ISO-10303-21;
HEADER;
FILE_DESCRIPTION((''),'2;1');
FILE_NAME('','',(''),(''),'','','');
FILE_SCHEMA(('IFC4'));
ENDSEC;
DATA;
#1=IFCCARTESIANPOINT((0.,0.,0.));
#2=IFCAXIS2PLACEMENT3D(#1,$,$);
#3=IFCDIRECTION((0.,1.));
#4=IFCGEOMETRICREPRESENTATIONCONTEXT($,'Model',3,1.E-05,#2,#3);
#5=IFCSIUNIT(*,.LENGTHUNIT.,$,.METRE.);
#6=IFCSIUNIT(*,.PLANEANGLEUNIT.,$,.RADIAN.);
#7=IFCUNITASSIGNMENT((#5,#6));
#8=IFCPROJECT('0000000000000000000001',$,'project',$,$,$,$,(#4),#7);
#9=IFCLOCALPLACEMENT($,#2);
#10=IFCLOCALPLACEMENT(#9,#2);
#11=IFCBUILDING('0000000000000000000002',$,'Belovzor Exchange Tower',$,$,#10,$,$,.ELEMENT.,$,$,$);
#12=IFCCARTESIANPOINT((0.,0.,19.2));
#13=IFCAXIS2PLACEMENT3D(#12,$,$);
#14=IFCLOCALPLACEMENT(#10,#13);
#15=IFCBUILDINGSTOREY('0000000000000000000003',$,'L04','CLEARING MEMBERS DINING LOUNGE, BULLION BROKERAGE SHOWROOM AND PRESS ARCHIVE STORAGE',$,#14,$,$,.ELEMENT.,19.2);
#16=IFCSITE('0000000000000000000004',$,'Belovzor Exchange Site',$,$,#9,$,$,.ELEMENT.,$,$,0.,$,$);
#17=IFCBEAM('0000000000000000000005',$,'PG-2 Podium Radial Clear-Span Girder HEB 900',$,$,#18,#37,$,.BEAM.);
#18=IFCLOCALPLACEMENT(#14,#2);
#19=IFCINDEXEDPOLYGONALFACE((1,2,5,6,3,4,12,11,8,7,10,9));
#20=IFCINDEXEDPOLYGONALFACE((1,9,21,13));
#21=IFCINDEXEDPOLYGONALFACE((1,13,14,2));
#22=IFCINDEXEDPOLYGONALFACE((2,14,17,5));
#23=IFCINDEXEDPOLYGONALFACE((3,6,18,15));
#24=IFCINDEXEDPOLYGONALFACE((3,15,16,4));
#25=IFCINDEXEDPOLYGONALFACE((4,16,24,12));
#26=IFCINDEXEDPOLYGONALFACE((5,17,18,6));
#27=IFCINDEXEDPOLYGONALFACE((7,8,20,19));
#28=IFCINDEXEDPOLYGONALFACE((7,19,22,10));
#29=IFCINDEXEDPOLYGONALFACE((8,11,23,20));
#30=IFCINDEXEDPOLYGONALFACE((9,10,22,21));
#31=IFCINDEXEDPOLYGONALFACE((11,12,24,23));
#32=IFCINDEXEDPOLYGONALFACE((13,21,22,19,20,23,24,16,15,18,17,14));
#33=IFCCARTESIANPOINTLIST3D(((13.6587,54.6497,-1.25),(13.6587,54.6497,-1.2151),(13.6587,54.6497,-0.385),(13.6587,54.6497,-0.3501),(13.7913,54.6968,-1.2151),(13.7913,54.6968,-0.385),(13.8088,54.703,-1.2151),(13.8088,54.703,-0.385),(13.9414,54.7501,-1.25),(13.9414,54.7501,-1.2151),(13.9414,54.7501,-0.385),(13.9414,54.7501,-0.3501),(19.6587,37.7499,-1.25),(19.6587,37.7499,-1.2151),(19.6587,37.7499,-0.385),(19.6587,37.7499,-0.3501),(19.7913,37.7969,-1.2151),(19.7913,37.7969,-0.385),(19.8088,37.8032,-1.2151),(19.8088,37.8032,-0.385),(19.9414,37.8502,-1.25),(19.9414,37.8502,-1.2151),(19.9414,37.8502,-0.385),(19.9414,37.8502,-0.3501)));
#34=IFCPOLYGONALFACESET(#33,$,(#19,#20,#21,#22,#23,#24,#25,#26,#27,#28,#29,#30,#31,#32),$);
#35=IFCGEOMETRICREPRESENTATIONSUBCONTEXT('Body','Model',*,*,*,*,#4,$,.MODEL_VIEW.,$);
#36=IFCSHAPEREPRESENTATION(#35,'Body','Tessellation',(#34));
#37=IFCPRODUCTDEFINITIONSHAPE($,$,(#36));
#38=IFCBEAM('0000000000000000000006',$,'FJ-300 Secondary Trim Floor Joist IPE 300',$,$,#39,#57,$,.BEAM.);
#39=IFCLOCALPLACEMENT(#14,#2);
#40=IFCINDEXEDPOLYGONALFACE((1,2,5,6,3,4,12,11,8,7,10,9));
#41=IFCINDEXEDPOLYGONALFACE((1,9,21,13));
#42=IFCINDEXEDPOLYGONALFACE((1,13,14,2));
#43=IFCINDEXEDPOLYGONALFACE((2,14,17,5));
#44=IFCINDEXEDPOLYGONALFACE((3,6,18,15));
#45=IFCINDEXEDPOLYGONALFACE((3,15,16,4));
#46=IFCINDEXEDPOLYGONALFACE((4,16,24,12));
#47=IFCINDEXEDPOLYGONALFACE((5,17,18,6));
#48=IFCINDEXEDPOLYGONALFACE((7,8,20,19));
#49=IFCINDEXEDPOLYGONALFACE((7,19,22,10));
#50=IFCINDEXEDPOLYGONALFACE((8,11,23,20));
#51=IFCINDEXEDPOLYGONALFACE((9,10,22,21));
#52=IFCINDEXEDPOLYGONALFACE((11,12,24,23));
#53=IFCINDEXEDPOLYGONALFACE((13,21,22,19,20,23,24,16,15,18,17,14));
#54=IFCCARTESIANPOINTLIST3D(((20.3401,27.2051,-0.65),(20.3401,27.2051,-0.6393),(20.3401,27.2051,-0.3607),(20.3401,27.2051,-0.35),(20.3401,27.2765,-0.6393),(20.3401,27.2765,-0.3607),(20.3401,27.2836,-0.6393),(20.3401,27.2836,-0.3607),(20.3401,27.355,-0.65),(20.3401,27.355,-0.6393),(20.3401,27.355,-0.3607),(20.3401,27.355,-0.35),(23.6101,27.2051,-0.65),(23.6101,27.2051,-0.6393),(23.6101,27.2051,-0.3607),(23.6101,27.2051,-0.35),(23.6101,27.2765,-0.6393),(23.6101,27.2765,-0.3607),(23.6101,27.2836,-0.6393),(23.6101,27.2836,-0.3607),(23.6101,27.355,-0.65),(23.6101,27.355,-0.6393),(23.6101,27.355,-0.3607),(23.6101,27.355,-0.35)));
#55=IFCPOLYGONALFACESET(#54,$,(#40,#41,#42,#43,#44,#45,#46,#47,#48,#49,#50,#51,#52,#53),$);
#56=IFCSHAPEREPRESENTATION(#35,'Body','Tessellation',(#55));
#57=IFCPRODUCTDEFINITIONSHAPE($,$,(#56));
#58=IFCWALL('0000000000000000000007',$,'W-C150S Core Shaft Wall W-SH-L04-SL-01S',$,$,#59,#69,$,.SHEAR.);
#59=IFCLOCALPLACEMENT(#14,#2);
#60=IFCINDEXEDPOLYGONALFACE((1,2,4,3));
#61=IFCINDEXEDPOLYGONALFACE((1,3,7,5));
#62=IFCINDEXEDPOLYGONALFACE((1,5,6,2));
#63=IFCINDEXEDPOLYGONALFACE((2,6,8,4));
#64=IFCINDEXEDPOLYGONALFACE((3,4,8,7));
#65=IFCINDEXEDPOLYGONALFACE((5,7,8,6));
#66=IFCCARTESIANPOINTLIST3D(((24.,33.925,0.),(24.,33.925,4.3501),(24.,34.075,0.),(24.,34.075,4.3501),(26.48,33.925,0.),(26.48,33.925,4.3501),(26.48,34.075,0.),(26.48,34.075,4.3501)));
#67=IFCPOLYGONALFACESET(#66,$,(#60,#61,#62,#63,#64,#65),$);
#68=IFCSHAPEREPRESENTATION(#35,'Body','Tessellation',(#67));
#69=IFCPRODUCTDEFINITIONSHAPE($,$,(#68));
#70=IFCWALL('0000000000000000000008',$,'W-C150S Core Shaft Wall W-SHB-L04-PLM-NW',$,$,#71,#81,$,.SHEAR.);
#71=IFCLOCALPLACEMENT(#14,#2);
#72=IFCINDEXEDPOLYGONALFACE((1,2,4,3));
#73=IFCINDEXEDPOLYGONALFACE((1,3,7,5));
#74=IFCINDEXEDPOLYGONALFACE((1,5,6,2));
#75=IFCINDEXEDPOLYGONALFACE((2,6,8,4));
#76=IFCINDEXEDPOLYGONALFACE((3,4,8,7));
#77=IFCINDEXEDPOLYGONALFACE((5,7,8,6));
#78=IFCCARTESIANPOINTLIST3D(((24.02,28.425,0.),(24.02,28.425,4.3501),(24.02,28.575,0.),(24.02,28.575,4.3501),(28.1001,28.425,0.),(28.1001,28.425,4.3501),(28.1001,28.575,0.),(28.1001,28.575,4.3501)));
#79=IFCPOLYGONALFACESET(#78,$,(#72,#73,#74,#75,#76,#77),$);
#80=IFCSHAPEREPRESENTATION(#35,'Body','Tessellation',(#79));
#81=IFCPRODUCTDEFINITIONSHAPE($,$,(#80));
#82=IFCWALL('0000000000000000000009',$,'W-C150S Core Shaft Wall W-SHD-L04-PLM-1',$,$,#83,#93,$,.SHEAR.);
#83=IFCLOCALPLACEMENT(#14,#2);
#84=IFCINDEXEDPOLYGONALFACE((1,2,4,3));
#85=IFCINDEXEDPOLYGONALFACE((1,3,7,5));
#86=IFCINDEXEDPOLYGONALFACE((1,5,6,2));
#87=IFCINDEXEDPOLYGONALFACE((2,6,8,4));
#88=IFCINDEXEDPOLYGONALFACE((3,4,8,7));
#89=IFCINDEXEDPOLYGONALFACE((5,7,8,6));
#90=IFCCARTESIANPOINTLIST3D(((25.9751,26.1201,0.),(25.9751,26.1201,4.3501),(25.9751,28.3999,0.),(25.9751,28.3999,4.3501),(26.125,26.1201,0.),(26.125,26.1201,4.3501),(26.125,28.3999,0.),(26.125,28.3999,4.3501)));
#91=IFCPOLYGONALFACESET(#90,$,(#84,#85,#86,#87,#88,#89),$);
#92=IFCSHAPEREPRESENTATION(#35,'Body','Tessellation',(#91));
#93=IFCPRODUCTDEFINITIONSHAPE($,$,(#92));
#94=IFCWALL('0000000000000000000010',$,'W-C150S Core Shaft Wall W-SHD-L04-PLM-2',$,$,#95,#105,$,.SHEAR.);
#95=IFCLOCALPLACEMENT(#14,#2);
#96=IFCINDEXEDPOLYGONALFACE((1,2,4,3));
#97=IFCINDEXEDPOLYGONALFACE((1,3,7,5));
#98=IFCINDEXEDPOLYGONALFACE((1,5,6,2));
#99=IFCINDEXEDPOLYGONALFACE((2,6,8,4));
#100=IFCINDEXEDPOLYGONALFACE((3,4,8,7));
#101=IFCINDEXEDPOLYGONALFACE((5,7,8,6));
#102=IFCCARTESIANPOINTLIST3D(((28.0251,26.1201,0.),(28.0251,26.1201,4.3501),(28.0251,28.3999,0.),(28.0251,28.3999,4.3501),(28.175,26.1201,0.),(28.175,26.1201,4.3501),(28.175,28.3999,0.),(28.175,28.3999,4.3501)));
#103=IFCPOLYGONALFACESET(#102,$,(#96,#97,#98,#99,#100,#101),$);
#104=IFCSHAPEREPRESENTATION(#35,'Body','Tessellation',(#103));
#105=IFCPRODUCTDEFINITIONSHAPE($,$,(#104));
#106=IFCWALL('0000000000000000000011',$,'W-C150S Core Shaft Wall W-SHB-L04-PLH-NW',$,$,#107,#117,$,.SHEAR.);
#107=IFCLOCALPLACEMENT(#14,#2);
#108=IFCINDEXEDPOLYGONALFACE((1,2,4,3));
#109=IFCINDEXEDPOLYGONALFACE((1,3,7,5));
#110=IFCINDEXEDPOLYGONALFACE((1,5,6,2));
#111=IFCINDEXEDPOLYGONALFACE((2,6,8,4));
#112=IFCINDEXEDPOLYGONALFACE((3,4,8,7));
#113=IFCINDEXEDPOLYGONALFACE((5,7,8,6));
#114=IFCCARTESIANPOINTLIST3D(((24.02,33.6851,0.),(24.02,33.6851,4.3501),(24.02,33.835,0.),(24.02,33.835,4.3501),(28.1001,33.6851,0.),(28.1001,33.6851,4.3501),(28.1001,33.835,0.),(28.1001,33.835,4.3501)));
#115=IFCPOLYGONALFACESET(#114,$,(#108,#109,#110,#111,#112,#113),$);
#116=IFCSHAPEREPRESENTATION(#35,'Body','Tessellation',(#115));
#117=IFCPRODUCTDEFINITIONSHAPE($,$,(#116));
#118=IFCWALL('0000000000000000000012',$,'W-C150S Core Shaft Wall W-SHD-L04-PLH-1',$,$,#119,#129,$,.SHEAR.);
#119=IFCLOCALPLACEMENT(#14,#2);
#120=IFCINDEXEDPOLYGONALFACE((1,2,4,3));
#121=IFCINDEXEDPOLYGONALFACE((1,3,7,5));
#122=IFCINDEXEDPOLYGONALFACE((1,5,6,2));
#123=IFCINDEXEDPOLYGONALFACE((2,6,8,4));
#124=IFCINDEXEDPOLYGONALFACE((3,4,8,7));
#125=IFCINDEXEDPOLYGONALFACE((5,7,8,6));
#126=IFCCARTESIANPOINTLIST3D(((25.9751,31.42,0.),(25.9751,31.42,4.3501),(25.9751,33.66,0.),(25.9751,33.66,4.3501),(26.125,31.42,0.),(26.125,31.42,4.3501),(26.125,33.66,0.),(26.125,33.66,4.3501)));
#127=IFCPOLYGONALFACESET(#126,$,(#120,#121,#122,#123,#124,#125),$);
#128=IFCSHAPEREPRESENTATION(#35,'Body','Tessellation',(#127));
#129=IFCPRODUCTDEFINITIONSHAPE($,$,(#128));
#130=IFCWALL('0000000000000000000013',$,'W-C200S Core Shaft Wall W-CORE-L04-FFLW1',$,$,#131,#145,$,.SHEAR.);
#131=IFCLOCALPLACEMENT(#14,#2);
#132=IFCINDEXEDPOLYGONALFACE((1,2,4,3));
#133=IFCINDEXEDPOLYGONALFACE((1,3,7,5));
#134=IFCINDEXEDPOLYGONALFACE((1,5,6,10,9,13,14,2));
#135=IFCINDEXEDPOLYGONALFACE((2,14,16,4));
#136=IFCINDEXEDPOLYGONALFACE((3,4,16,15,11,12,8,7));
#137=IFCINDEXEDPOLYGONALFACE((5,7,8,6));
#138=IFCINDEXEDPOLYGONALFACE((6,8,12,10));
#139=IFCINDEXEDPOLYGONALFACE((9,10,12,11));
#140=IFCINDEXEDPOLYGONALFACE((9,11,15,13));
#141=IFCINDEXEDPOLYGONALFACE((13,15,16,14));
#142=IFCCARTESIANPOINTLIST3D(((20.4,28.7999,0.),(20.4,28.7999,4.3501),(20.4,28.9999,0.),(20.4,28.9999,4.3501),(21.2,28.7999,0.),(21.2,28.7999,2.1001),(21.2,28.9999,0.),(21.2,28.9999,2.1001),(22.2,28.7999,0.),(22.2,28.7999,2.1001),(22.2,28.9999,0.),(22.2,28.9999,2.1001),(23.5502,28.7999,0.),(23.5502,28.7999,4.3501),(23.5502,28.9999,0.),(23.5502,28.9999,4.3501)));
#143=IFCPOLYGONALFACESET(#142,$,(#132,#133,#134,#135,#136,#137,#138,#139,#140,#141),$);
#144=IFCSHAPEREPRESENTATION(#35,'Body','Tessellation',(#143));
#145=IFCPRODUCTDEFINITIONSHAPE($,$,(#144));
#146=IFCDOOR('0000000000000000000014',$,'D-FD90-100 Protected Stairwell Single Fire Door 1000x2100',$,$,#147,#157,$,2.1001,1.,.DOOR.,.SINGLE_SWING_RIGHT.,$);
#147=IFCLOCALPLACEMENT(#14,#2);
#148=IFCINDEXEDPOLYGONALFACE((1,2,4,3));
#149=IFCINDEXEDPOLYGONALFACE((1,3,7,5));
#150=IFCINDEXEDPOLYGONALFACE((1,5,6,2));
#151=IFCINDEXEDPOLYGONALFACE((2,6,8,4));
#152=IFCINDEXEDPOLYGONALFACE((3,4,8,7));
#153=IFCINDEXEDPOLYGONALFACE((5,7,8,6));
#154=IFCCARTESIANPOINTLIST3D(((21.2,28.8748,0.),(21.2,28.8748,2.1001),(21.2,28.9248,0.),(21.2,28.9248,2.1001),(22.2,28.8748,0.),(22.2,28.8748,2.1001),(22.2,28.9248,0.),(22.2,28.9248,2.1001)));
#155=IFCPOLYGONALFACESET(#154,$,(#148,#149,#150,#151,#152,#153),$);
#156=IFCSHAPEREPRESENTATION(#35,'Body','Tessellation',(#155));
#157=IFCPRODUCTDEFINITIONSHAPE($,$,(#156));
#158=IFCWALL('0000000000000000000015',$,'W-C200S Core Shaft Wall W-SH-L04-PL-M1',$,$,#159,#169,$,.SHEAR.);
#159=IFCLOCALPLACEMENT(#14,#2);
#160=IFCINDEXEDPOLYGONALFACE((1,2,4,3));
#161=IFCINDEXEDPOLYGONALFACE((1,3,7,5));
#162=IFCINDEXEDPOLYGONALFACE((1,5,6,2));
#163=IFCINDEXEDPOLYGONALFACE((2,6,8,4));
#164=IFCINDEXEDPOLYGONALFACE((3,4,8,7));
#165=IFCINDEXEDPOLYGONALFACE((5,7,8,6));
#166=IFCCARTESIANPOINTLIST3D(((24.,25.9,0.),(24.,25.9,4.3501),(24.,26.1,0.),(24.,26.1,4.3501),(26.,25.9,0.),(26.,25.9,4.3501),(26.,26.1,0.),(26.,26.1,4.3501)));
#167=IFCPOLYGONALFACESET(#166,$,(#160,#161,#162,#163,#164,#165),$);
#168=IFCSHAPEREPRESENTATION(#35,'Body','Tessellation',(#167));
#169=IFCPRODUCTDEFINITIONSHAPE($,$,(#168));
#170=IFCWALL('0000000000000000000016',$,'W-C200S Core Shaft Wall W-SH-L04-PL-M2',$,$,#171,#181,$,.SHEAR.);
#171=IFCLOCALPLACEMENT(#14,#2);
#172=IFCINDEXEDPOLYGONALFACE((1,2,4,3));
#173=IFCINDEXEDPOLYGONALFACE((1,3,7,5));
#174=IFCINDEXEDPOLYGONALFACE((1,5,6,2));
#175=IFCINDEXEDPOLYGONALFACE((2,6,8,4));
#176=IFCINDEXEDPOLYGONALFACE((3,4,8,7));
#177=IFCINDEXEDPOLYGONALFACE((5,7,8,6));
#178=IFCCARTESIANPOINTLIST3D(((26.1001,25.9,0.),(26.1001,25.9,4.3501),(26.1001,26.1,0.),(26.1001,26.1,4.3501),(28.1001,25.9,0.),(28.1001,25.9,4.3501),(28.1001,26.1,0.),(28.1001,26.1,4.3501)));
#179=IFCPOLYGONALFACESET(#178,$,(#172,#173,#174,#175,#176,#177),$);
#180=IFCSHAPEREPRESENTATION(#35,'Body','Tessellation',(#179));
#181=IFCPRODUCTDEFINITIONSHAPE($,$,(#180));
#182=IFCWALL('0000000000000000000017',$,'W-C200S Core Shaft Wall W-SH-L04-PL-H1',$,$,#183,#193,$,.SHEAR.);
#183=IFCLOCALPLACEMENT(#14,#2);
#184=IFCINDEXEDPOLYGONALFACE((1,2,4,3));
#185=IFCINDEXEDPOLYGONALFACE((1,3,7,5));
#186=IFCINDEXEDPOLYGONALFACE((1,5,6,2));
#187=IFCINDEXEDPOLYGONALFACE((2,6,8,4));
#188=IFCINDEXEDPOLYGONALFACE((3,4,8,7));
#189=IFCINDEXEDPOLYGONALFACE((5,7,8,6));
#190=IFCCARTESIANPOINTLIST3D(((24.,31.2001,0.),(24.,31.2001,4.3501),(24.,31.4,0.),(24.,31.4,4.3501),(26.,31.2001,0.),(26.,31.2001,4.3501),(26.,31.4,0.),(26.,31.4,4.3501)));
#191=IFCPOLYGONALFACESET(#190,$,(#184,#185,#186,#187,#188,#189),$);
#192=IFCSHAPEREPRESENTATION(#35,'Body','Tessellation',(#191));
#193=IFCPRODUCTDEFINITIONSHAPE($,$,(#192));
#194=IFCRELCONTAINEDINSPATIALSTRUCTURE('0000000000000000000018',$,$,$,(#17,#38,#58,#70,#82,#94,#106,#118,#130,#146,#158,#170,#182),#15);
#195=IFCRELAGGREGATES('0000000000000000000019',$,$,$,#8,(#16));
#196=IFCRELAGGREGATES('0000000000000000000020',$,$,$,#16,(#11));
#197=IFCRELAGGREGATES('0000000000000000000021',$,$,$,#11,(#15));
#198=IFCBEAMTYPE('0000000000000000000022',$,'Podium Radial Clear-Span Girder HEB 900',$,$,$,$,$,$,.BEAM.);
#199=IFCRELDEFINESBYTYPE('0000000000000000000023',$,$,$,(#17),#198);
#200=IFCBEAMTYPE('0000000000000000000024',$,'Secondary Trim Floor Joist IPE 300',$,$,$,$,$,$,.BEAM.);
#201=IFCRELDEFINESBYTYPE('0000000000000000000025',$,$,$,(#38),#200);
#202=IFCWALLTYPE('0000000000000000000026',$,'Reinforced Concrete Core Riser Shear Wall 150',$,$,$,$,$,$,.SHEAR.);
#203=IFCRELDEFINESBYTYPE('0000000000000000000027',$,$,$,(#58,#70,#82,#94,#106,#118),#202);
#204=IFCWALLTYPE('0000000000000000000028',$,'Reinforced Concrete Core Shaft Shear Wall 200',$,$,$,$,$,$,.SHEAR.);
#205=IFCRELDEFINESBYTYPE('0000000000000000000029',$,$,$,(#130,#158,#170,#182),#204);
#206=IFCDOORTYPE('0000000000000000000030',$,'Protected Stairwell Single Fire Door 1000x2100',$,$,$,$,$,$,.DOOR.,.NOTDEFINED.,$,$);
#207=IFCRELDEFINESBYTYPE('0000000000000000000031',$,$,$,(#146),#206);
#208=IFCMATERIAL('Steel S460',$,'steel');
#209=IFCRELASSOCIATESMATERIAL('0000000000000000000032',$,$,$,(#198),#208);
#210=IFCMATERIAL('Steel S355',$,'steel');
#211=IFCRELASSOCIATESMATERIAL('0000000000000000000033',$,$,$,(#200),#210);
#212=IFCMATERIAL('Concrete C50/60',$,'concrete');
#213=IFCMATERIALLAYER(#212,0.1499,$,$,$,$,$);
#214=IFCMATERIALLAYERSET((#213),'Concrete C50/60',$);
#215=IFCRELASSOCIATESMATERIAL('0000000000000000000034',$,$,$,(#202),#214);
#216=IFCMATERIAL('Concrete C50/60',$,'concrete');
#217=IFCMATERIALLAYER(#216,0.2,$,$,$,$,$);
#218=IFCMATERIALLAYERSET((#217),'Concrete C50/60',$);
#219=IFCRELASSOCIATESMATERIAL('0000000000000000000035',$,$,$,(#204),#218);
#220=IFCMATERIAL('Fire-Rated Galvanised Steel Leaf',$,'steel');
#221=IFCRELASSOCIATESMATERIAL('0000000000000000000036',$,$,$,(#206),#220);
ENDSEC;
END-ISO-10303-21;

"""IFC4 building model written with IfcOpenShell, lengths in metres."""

from ifc_helpers import new_model, si_unit, direction, frame, frame_2d, origin, origin_2d, place, context, subcontext, project, spatial, rectangle, i_section, extrude, material, layer, layer_set, material_profile, profile_set, type_object, element, fill, save


model = new_model("IFC4")

# Units and contexts
model_context = context("Model", 3, precision=1e-05, world=origin(), true_north=direction((0.0, 1.0)))
body_context = subcontext(model_context, "Body", "Model", "MODEL_VIEW")
ifc_project = project(units=[si_unit("LENGTHUNIT", "METRE"), si_unit("PLANEANGLEUNIT", "RADIAN")], contexts=[model_context])

# Site, building, storey
site_placement = place(None, origin())
site = spatial("IfcSite", under=ifc_project, at=site_placement, Name="Belovzor Exchange Site", CompositionType="ELEMENT", RefElevation=0.0)
building_placement = place(site_placement, origin())
building = spatial("IfcBuilding", under=site, at=building_placement, Name="Belovzor Exchange Tower", CompositionType="ELEMENT")
storey_placement = place(building_placement, frame((0.0, 0.0, 19.2)))
storey = spatial("IfcBuildingStorey", under=building, at=storey_placement, Name="L04", Description="CLEARING MEMBERS DINING LOUNGE, BULLION BROKERAGE SHOWROOM AND PRESS ARCHIVE STORAGE", CompositionType="ELEMENT", Elevation=19.2)

# Beams
ifc_material_1 = material(Name="Steel S460", Category="steel")
ifc_material_profile_1 = material_profile(ifc_material_1, i_section(OverallWidth=0.3, OverallDepth=0.8999, WebThickness=0.0186, FlangeThickness=0.0349, at=origin_2d()))
ifc_profile_set_1 = profile_set([ifc_material_profile_1], Name="Steel S460")
beam_type_1 = type_object("IfcBeamType", Name="Podium Radial Clear-Span Girder HEB 900", PredefinedType="BEAM", material=ifc_profile_set_1)
beam_1_placement = place(storey_placement, frame((19.8, 37.8, -0.8), z_axis=(-0.334571, 0.94237, 0.0), x_axis=(-0.94237, -0.334571, 0.0)))
element("IfcBeam", 1, at=beam_1_placement, inside=storey, type_object=beam_type_1, Name="PG-2 Podium Radial Clear-Span Girder HEB 900", PredefinedType="BEAM", context=body_context, shape_type="SweptSolid", body=[
    extrude(i_section(OverallWidth=0.3, OverallDepth=0.8999, WebThickness=0.0186, FlangeThickness=0.0349, at=origin_2d()), origin(), (0.0, 0.0, 1.0), 17.9333),
])
ifc_material_2 = material(Name="Steel S355", Category="steel")
ifc_material_profile_2 = material_profile(ifc_material_2, i_section(OverallWidth=0.1499, OverallDepth=0.3, WebThickness=0.0071, FlangeThickness=0.0107, at=origin_2d()))
ifc_profile_set_2 = profile_set([ifc_material_profile_2], Name="Steel S355")
beam_type_2 = type_object("IfcBeamType", Name="Secondary Trim Floor Joist IPE 300", PredefinedType="BEAM", material=ifc_profile_set_2)
beam_2_placement = place(storey_placement, frame((20.3401, 27.28, -0.5), z_axis=(1.0, 0.0, 0.0), x_axis=(0.0, 1.0, 0.0)))
element("IfcBeam", 2, at=beam_2_placement, inside=storey, type_object=beam_type_2, Name="FJ-300 Secondary Trim Floor Joist IPE 300", PredefinedType="BEAM", context=body_context, shape_type="SweptSolid", body=[
    extrude(i_section(OverallWidth=0.1499, OverallDepth=0.3, WebThickness=0.0071, FlangeThickness=0.0107, at=origin_2d()), origin(), (0.0, 0.0, 1.0), 3.27),
])

# Walls
ifc_material_3 = material(Name="Concrete C50/60", Category="concrete")
ifc_layer_1 = layer(ifc_material_3, 0.1499)
ifc_layer_set_1 = layer_set([ifc_layer_1], Name="Concrete C50/60")
wall_type_1 = type_object("IfcWallType", Name="Reinforced Concrete Core Riser Shear Wall 150", PredefinedType="SHEAR", material=ifc_layer_set_1)
wall_1_placement = place(storey_placement, frame((24.0, 34.0, 0.0), z_axis=(0.0, 0.0, 1.0), x_axis=(1.0, 0.0, 0.0)))
element("IfcWall", 3, at=wall_1_placement, inside=storey, type_object=wall_type_1, Name="W-C150S Core Shaft Wall W-SH-L04-SL-01S", PredefinedType="SHEAR", context=body_context, shape_type="SweptSolid", body=[
    extrude(rectangle(XDim=2.48, YDim=0.1499, at=frame_2d((1.24, 0.0))), origin(), (0.0, 0.0, 1.0), 4.3501),
])
wall_2_placement = place(storey_placement, frame((24.02, 28.5, 0.0), z_axis=(0.0, 0.0, 1.0), x_axis=(1.0, 0.0, 0.0)))
element("IfcWall", 4, at=wall_2_placement, inside=storey, type_object=wall_type_1, Name="W-C150S Core Shaft Wall W-SHB-L04-PLM-NW", PredefinedType="SHEAR", context=body_context, shape_type="SweptSolid", body=[
    extrude(rectangle(XDim=4.0801, YDim=0.1499, at=frame_2d((2.04, 0.0))), origin(), (0.0, 0.0, 1.0), 4.3501),
])
for number, where, z_axis, x_axis, name in (
    (5, (26.05, 26.1201, 0.0), (0.0, 0.0, 1.0), (0.0, 1.0, 0.0), "W-C150S Core Shaft Wall W-SHD-L04-PLM-1"),
    (6, (28.1001, 26.1201, 0.0), (0.0, 0.0, 1.0), (0.0, 1.0, 0.0), "W-C150S Core Shaft Wall W-SHD-L04-PLM-2"),
):
    element("IfcWall", number, at=place(storey_placement, frame(where, z_axis=z_axis, x_axis=x_axis)), inside=storey, type_object=wall_type_1, Name=name, PredefinedType="SHEAR", context=body_context, shape_type="SweptSolid", body=[
        extrude(rectangle(XDim=2.2798, YDim=0.1499, at=frame_2d((1.1399, 0.0))), origin(), (0.0, 0.0, 1.0), 4.3501),
    ])
wall_3_placement = place(storey_placement, frame((24.02, 33.76, 0.0), z_axis=(0.0, 0.0, 1.0), x_axis=(1.0, 0.0, 0.0)))
element("IfcWall", 7, at=wall_3_placement, inside=storey, type_object=wall_type_1, Name="W-C150S Core Shaft Wall W-SHB-L04-PLH-NW", PredefinedType="SHEAR", context=body_context, shape_type="SweptSolid", body=[
    extrude(rectangle(XDim=4.0801, YDim=0.1499, at=frame_2d((2.04, 0.0))), origin(), (0.0, 0.0, 1.0), 4.3501),
])
wall_4_placement = place(storey_placement, frame((26.05, 31.4199, 0.0), z_axis=(0.0, 0.0, 1.0), x_axis=(0.0, 1.0, 0.0)))
element("IfcWall", 8, at=wall_4_placement, inside=storey, type_object=wall_type_1, Name="W-C150S Core Shaft Wall W-SHD-L04-PLH-1", PredefinedType="SHEAR", context=body_context, shape_type="SweptSolid", body=[
    extrude(rectangle(XDim=2.24, YDim=0.1499, at=frame_2d((1.1201, 0.0))), origin(), (0.0, 0.0, 1.0), 4.3501),
])

# Wall, opening, door
ifc_material_4 = material(Name="Concrete C50/60", Category="concrete")
ifc_layer_2 = layer(ifc_material_4, 0.2)
ifc_layer_set_2 = layer_set([ifc_layer_2], Name="Concrete C50/60")
wall_type_2 = type_object("IfcWallType", Name="Reinforced Concrete Core Shaft Shear Wall 200", PredefinedType="SHEAR", material=ifc_layer_set_2)
wall_5_placement = place(storey_placement, frame((20.3999, 28.8999, 0.0), z_axis=(0.0, 0.0, 1.0), x_axis=(1.0, 0.0, 0.0)))
wall_5 = element("IfcWall", 9, at=wall_5_placement, inside=storey, type_object=wall_type_2, Name="W-C200S Core Shaft Wall W-CORE-L04-FFLW1", PredefinedType="SHEAR", context=body_context, shape_type="SweptSolid", body=[
    extrude(rectangle(XDim=3.1501, YDim=0.2, at=frame_2d((1.5752, 0.0))), origin(), (0.0, 0.0, 1.0), 4.3501),
])
opening_1_placement = place(wall_5_placement, frame((0.8, 0.0, 0.0)))
opening_1 = element("IfcOpeningElement", 10, at=opening_1_placement, cuts=wall_5, PredefinedType="OPENING", context=body_context, shape_type="SweptSolid", body=[
    extrude(rectangle(XDim=1.0, YDim=2.1001, at=frame_2d((0.5, 1.05))), frame((0.0, 0.1099, 0.0), z_axis=(0.0, -1.0, 0.0), x_axis=(1.0, 0.0, 0.0)), (0.0, 0.0, 1.0), 0.22),
])
ifc_material_5 = material(Name="Fire-Rated Galvanised Steel Leaf", Category="steel")
door_type_1 = type_object("IfcDoorType", Name="Protected Stairwell Single Fire Door 1000x2100", OperationType="NOTDEFINED", PredefinedType="DOOR", material=ifc_material_5)
door_1_placement = place(opening_1_placement, origin())
door_1 = element("IfcDoor", 11, at=door_1_placement, inside=storey, type_object=door_type_1, Name="D-FD90-100 Protected Stairwell Single Fire Door 1000x2100", OperationType="SINGLE_SWING_RIGHT", OverallHeight=2.1001, OverallWidth=1.0, PredefinedType="DOOR", context=body_context, shape_type="SweptSolid", body=[
    extrude(rectangle(XDim=1.0, YDim=2.1001, at=frame_2d((0.5, 1.05))), frame((0.0, 0.0249, 0.0), z_axis=(0.0, -1.0, 0.0), x_axis=(1.0, 0.0, 0.0)), (0.0, 0.0, 1.0), 0.05),
])
fill(opening_1, door_1)

# Walls
for number, where, z_axis, x_axis, name in (
    (12, (24.0, 26.0, 0.0), (0.0, 0.0, 1.0), (1.0, 0.0, 0.0), "W-C200S Core Shaft Wall W-SH-L04-PL-M1"),
    (13, (26.1001, 26.0, 0.0), (0.0, 0.0, 1.0), (1.0, 0.0, 0.0), "W-C200S Core Shaft Wall W-SH-L04-PL-M2"),
    (14, (24.0, 31.3, 0.0), (0.0, 0.0, 1.0), (1.0, 0.0, 0.0), "W-C200S Core Shaft Wall W-SH-L04-PL-H1"),
):
    element("IfcWall", number, at=place(storey_placement, frame(where, z_axis=z_axis, x_axis=x_axis)), inside=storey, type_object=wall_type_2, Name=name, PredefinedType="SHEAR", context=body_context, shape_type="SweptSolid", body=[
        extrude(rectangle(XDim=2.0, YDim=0.2, at=frame_2d((1.0, 0.0))), origin(), (0.0, 0.0, 1.0), 4.3501),
    ])

save(model, "model.ifc")
